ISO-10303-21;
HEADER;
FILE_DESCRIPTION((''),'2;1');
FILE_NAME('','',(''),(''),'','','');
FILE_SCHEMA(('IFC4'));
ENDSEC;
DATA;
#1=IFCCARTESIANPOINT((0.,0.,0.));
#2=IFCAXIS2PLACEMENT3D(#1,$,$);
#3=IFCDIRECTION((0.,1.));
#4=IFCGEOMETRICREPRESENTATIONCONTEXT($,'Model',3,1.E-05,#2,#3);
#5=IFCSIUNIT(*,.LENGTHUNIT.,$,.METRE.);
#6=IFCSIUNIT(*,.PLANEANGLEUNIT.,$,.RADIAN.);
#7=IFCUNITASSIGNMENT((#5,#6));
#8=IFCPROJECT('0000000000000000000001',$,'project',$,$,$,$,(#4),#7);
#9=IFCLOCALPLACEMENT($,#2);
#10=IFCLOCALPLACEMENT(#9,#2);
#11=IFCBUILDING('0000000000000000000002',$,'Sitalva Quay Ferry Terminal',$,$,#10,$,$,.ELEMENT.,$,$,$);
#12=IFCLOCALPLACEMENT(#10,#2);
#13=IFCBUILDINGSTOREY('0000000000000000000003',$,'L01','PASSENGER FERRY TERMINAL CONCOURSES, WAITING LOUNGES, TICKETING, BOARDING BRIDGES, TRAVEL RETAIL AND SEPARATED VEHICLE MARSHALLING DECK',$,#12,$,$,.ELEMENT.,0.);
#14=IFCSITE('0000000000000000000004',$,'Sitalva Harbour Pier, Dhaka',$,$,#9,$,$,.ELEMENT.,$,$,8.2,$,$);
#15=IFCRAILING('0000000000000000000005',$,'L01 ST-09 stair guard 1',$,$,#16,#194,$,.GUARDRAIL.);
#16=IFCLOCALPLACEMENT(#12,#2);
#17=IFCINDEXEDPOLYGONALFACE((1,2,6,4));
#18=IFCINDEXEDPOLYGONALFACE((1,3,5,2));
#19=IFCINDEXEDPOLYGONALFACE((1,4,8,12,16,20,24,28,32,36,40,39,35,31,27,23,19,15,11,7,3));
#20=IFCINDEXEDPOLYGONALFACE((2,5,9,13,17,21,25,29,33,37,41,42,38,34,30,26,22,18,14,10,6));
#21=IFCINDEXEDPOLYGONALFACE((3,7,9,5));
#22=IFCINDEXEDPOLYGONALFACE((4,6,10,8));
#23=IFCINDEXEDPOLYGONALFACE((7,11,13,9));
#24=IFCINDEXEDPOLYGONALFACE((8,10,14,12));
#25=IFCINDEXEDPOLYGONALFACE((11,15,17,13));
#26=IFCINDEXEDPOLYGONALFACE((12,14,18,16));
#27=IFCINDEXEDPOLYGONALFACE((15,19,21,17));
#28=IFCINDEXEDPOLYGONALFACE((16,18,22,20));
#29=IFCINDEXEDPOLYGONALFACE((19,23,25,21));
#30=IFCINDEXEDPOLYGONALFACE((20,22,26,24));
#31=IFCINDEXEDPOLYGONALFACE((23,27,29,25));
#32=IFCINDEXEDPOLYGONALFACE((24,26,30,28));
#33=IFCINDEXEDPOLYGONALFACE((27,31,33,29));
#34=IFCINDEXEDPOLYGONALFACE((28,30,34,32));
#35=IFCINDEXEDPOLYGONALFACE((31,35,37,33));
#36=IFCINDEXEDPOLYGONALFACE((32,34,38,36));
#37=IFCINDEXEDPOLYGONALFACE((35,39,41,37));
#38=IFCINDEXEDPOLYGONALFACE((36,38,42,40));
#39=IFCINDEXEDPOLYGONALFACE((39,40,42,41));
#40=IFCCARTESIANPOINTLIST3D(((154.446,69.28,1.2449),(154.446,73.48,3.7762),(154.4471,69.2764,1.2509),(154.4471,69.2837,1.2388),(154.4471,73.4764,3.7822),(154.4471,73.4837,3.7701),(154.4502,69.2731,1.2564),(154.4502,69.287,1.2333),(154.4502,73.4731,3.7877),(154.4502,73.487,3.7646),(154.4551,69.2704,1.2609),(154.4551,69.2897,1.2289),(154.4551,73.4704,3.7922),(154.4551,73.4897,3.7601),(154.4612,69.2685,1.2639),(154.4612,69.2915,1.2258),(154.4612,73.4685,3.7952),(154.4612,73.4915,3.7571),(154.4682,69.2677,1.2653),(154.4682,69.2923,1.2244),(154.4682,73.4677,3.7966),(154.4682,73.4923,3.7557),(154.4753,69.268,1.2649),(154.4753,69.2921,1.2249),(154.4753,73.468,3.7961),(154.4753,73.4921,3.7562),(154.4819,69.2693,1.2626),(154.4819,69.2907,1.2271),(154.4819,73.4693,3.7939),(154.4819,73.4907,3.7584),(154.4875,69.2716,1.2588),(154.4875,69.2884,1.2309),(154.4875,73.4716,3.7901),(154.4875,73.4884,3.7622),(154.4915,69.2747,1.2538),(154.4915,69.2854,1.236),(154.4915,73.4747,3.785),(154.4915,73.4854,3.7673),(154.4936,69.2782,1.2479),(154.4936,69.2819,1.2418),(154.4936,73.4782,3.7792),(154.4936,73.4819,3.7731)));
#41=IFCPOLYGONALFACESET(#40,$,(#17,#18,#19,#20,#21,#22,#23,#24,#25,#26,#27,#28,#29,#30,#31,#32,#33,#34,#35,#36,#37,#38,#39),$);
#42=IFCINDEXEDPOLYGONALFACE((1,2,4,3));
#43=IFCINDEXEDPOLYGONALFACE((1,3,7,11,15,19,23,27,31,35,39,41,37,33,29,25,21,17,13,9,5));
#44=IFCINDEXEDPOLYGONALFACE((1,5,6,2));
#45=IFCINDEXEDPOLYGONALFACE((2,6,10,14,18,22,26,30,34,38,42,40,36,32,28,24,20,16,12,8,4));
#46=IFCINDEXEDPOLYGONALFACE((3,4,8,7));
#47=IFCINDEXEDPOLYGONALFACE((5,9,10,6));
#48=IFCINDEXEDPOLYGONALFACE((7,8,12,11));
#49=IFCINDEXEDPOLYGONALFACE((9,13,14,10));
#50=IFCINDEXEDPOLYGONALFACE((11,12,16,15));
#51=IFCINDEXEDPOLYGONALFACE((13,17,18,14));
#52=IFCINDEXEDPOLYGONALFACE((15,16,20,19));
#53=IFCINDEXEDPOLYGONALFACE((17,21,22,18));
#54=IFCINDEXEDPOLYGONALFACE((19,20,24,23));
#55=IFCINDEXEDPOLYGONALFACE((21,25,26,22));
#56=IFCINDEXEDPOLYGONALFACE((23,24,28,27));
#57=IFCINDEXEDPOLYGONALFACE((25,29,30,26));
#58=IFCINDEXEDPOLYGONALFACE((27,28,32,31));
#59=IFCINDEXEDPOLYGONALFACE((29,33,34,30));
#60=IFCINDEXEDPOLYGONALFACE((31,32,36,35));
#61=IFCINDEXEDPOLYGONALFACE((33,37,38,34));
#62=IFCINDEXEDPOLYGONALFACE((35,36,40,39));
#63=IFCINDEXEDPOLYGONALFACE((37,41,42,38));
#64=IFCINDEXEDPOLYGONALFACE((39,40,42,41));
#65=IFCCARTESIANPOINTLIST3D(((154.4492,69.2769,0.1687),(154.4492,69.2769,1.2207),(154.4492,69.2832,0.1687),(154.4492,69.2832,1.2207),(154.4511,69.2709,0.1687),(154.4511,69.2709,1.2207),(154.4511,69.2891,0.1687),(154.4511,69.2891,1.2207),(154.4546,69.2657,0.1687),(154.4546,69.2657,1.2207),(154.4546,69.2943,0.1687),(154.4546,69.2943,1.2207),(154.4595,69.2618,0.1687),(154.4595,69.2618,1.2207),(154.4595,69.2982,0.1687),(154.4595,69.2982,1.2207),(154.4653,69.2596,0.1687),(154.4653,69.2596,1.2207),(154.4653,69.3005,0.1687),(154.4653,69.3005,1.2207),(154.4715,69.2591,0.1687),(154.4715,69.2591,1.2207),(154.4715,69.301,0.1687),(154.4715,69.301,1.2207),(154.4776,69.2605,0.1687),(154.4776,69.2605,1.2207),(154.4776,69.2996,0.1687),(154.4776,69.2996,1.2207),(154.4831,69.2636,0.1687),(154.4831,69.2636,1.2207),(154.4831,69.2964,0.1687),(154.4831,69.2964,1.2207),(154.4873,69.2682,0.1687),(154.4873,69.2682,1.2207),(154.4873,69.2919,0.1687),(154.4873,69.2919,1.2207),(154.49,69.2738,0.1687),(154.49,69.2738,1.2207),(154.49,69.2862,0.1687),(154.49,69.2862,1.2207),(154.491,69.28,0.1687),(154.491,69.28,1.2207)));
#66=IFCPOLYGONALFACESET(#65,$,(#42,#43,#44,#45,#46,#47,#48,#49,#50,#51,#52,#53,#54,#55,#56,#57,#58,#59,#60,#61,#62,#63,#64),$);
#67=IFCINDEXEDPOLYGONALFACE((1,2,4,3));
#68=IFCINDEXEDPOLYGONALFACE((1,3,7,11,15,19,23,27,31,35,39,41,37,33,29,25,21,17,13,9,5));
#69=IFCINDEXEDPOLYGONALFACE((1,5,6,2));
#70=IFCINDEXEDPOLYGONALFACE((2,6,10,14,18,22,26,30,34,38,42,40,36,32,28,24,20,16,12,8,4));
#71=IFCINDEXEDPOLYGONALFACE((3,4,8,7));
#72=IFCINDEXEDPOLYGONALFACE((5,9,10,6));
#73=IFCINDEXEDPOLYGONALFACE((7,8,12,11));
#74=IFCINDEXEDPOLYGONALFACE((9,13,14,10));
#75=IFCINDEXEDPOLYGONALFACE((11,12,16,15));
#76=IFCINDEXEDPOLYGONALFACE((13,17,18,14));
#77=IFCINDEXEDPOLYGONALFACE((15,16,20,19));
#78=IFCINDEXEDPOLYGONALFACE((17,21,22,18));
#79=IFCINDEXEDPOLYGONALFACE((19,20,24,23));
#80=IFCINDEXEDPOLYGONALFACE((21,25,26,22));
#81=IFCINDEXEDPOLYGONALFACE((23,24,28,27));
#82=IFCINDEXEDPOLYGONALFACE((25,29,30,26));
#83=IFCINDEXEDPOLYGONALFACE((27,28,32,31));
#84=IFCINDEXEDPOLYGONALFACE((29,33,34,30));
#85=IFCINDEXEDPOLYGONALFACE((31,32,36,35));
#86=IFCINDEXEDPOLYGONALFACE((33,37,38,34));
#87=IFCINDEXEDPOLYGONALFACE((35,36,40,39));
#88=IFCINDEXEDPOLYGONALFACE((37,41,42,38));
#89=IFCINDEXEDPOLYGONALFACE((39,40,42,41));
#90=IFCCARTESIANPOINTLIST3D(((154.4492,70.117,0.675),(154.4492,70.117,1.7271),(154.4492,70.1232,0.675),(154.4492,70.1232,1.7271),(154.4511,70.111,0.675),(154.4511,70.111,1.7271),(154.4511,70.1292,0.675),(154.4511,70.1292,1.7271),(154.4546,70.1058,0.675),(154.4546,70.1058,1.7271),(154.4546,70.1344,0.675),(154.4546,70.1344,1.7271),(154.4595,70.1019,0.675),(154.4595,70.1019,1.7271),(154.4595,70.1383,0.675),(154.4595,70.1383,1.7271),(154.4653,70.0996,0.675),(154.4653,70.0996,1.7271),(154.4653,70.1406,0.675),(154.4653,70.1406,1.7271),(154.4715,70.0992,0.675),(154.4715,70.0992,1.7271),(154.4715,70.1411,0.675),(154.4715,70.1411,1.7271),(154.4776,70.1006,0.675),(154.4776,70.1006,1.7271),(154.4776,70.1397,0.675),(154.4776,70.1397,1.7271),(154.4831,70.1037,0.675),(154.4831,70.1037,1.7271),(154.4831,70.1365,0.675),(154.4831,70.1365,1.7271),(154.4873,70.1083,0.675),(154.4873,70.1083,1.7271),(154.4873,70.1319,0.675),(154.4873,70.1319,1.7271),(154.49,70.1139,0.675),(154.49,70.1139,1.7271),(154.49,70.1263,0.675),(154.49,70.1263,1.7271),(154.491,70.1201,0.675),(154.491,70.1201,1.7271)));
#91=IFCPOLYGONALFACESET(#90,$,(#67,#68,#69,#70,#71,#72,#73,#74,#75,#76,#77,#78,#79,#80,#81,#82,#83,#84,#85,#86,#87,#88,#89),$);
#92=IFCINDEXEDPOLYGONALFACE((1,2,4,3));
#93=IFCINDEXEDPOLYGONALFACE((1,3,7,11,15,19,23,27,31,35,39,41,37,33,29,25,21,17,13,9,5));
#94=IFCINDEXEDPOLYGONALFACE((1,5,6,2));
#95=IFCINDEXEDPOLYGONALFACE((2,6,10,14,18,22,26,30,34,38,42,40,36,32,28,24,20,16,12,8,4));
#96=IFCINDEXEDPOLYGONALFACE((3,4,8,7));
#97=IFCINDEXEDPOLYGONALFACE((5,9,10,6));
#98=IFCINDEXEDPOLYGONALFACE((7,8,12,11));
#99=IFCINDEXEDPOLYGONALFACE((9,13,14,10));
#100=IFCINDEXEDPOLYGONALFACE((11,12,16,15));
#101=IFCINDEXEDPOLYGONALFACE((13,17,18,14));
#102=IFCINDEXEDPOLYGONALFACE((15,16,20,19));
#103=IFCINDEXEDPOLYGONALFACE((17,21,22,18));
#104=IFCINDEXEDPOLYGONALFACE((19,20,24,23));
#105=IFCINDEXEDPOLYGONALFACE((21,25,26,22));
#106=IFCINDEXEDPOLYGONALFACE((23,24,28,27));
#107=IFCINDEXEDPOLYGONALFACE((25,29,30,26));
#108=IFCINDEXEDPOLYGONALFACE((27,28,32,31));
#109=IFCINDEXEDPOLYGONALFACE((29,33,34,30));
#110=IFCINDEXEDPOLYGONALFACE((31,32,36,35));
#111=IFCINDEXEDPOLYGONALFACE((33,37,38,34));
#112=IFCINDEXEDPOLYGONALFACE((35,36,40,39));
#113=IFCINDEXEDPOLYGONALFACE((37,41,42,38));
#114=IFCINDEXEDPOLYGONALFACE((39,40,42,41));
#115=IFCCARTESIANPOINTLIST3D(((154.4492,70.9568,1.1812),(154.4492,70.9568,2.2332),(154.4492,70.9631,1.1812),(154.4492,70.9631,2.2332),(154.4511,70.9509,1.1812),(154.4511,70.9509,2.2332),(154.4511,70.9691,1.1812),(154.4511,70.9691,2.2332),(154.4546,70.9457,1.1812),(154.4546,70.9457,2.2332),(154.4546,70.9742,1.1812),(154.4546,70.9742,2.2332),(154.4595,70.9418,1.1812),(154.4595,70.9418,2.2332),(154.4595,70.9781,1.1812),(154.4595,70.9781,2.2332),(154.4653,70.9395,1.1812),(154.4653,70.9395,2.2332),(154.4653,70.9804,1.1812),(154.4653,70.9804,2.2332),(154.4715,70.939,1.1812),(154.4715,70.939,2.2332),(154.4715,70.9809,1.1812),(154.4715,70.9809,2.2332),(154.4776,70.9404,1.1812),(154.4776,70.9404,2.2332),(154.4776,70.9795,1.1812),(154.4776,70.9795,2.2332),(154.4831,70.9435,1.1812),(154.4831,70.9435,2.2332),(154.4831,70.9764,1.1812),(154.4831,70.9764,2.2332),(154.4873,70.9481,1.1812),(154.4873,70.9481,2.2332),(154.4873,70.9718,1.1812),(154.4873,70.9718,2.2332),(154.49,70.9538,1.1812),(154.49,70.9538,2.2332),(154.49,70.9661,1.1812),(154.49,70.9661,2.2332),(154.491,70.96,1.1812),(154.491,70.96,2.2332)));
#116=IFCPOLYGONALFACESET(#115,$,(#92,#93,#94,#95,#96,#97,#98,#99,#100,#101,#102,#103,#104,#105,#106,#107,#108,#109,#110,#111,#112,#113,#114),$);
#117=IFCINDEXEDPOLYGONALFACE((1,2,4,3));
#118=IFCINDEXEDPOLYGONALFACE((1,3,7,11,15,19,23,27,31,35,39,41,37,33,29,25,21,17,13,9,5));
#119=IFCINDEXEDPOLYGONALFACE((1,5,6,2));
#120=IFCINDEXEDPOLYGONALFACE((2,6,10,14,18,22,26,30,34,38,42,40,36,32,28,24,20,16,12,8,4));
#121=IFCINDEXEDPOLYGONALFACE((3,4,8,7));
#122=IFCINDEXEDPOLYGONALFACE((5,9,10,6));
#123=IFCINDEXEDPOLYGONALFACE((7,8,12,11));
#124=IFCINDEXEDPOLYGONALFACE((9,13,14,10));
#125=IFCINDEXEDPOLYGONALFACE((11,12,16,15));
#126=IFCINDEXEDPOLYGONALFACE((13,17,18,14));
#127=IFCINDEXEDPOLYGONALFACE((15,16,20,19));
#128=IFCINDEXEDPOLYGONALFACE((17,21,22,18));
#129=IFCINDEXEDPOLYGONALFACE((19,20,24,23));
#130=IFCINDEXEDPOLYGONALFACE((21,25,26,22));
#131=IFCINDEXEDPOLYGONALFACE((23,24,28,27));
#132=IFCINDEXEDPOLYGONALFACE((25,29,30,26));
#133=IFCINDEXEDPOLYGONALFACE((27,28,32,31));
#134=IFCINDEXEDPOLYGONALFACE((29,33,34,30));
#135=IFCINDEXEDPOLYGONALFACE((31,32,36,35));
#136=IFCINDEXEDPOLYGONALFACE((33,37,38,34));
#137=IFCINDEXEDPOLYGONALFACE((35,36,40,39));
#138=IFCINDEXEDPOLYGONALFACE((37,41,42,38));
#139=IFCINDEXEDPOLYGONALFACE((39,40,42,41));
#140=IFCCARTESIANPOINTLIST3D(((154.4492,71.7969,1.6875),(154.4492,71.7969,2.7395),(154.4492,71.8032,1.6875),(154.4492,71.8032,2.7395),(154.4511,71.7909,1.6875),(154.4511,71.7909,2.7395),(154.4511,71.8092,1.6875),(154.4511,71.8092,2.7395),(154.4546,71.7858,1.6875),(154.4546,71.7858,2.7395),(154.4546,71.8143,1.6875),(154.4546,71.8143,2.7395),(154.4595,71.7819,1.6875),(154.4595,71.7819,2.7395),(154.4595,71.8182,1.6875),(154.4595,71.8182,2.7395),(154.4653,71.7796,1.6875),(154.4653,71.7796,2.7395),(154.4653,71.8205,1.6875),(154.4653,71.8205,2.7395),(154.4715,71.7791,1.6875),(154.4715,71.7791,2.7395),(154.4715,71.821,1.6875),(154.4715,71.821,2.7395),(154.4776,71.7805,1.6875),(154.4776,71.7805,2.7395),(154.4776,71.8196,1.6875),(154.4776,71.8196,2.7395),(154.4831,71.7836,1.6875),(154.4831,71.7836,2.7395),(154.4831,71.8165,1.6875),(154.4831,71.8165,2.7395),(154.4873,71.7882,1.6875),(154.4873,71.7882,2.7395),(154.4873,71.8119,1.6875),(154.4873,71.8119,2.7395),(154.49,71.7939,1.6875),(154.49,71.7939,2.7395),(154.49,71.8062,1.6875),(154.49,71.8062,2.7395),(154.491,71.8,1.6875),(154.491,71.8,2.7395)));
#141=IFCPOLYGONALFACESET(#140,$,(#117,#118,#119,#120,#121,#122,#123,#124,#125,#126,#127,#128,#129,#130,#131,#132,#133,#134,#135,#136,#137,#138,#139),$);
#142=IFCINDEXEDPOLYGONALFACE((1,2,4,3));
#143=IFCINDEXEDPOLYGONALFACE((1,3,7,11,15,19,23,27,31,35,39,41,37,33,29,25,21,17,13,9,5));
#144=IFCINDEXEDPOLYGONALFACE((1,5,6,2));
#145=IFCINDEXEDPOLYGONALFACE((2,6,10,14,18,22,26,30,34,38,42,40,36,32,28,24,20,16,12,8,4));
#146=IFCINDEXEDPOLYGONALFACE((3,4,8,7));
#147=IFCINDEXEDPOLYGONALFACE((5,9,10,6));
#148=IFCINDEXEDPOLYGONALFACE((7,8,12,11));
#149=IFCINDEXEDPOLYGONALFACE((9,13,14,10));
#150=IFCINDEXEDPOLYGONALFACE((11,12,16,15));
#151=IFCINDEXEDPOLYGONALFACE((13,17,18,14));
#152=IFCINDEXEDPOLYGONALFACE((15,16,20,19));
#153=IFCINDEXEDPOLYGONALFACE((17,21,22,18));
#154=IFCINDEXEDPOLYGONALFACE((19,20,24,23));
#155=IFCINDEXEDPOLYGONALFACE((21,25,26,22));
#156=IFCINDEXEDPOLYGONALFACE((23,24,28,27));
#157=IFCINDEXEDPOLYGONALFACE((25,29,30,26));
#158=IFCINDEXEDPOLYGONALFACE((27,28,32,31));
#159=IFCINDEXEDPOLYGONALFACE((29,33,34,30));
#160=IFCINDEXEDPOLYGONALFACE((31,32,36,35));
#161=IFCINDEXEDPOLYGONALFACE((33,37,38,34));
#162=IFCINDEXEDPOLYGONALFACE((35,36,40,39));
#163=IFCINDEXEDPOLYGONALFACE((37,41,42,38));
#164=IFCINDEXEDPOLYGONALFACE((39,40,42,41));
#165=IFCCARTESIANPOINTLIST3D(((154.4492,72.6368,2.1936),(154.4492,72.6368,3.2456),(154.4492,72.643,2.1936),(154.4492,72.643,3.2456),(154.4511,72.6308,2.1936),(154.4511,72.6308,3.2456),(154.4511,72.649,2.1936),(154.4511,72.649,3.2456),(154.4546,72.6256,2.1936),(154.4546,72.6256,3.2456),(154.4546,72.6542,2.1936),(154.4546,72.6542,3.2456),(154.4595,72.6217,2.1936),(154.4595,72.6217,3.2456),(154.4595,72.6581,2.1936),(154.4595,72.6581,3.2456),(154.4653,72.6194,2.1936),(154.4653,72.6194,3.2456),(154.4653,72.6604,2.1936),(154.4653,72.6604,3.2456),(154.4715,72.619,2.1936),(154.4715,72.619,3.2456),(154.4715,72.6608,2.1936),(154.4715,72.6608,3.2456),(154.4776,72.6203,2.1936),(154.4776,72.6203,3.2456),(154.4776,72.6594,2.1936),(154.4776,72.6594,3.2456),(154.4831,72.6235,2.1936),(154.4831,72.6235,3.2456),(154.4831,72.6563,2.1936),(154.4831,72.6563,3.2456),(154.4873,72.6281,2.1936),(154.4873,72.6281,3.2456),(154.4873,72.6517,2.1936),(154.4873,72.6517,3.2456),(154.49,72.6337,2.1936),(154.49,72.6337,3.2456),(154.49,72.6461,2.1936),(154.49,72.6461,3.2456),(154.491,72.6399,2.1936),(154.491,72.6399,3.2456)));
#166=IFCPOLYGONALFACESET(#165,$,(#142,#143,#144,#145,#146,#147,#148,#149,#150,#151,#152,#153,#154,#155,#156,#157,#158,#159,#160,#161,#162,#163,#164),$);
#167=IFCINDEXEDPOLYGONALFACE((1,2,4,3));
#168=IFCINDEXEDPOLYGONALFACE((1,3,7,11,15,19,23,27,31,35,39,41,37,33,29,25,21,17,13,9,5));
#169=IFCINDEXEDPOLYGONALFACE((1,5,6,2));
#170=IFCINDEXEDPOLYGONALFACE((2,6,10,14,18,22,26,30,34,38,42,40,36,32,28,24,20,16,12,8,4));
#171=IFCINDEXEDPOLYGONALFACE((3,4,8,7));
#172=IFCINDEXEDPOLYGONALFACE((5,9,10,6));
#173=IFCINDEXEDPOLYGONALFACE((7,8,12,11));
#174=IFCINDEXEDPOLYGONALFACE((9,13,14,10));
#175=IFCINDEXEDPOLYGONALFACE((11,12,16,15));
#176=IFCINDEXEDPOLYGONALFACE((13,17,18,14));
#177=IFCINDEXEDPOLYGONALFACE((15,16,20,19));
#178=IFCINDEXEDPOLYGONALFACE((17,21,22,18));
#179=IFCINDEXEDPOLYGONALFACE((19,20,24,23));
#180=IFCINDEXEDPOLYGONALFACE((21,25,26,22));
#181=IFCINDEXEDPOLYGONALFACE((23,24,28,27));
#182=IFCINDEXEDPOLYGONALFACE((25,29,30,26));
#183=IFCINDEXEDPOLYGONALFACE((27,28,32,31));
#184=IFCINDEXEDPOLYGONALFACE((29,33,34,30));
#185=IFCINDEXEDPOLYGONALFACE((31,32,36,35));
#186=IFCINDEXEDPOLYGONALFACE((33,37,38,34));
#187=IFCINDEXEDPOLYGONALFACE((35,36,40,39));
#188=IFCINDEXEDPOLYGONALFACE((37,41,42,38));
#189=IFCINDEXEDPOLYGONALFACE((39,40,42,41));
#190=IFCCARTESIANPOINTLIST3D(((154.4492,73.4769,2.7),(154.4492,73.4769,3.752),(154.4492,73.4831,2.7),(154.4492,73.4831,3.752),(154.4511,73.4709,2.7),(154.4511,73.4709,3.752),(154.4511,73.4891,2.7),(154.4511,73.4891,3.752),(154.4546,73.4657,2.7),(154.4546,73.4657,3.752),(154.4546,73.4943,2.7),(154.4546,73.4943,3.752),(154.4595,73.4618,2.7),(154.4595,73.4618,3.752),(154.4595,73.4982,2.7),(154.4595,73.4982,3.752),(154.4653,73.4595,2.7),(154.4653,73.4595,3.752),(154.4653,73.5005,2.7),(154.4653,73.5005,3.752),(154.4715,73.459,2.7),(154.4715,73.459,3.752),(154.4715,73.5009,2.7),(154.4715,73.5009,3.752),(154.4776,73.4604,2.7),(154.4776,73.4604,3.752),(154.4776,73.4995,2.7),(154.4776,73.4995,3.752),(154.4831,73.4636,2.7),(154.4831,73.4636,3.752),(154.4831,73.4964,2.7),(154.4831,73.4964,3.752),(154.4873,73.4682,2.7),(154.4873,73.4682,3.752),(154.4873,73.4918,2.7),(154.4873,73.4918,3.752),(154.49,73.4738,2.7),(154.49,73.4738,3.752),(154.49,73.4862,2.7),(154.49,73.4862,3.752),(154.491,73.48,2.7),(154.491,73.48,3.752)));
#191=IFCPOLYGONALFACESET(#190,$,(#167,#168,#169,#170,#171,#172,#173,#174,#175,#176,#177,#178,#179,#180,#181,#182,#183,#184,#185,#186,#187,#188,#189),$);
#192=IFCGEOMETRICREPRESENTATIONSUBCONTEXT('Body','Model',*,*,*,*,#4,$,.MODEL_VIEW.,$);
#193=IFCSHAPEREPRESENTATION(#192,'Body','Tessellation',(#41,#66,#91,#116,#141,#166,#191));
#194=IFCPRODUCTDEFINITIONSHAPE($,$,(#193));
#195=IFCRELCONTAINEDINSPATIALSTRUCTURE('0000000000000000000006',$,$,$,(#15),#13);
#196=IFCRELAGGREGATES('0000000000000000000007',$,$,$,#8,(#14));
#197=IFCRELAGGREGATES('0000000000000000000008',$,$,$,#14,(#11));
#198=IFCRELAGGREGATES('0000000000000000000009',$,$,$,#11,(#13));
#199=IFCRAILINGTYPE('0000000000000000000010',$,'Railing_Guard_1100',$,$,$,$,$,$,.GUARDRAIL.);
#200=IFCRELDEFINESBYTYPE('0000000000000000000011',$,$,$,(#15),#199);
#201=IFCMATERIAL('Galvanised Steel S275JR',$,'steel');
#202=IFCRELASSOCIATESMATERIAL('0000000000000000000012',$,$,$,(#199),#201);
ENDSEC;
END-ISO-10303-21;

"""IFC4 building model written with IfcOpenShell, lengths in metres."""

from ifc_helpers import new_model, si_unit, direction, frame, origin, origin_2d, place, context, subcontext, project, spatial, circle, extrude, material, type_object, element, save


model = new_model("IFC4")

# Units and contexts
model_context = context("Model", 3, precision=1e-05, world=origin(), true_north=direction((0.0, 1.0)))
body_context = subcontext(model_context, "Body", "Model", "MODEL_VIEW")
ifc_project = project(units=[si_unit("LENGTHUNIT", "METRE"), si_unit("PLANEANGLEUNIT", "RADIAN")], contexts=[model_context])

# Site, building, storey
site_placement = place(None, origin())
site = spatial("IfcSite", under=ifc_project, at=site_placement, Name="Sitalva Harbour Pier, Dhaka", CompositionType="ELEMENT", RefElevation=8.2)
building_placement = place(site_placement, origin())
building = spatial("IfcBuilding", under=site, at=building_placement, Name="Sitalva Quay Ferry Terminal", CompositionType="ELEMENT")
storey_placement = place(building_placement, origin())
storey = spatial("IfcBuildingStorey", under=building, at=storey_placement, Name="L01", Description="PASSENGER FERRY TERMINAL CONCOURSES, WAITING LOUNGES, TICKETING, BOARDING BRIDGES, TRAVEL RETAIL AND SEPARATED VEHICLE MARSHALLING DECK", CompositionType="ELEMENT", Elevation=0.0)

# Railing
ifc_material_1 = material(Name="Galvanised Steel S275JR", Category="steel")
railing_type_1 = type_object("IfcRailingType", Name="Railing_Guard_1100", PredefinedType="GUARDRAIL", material=ifc_material_1)
railing_1_placement = place(storey_placement, frame((154.47, 69.28, 0.1687)))
element("IfcRailing", 1, at=railing_1_placement, inside=storey, type_object=railing_type_1, Name="L01 ST-09 stair guard 1", PredefinedType="GUARDRAIL", context=body_context, shape_type="SweptSolid", body=[
    extrude(circle(Radius=0.0239, at=origin_2d()), frame((0.0, 0.0, 1.0762), z_axis=(0.0, 0.856476, 0.516186), x_axis=(-1.0, 0.0, 0.0)), (0.0, 0.0, 1.0), 4.9038),
    extrude(circle(Radius=0.021, at=origin_2d()), origin(), (0.0, 0.0, 1.0), 1.052),
    extrude(circle(Radius=0.021, at=origin_2d()), frame((0.0, 0.8401, 0.5063)), (0.0, 0.0, 1.0), 1.052),
    extrude(circle(Radius=0.021, at=origin_2d()), frame((0.0, 1.6799, 1.0125)), (0.0, 0.0, 1.0), 1.052),
    extrude(circle(Radius=0.021, at=origin_2d()), frame((0.0, 2.52, 1.5188)), (0.0, 0.0, 1.0), 1.052),
    extrude(circle(Radius=0.021, at=origin_2d()), frame((0.0, 3.3599, 2.0249)), (0.0, 0.0, 1.0), 1.052),
    extrude(circle(Radius=0.021, at=origin_2d()), frame((0.0, 4.2, 2.5312)), (0.0, 0.0, 1.0), 1.052),
])

save(model, "model.ifc")
